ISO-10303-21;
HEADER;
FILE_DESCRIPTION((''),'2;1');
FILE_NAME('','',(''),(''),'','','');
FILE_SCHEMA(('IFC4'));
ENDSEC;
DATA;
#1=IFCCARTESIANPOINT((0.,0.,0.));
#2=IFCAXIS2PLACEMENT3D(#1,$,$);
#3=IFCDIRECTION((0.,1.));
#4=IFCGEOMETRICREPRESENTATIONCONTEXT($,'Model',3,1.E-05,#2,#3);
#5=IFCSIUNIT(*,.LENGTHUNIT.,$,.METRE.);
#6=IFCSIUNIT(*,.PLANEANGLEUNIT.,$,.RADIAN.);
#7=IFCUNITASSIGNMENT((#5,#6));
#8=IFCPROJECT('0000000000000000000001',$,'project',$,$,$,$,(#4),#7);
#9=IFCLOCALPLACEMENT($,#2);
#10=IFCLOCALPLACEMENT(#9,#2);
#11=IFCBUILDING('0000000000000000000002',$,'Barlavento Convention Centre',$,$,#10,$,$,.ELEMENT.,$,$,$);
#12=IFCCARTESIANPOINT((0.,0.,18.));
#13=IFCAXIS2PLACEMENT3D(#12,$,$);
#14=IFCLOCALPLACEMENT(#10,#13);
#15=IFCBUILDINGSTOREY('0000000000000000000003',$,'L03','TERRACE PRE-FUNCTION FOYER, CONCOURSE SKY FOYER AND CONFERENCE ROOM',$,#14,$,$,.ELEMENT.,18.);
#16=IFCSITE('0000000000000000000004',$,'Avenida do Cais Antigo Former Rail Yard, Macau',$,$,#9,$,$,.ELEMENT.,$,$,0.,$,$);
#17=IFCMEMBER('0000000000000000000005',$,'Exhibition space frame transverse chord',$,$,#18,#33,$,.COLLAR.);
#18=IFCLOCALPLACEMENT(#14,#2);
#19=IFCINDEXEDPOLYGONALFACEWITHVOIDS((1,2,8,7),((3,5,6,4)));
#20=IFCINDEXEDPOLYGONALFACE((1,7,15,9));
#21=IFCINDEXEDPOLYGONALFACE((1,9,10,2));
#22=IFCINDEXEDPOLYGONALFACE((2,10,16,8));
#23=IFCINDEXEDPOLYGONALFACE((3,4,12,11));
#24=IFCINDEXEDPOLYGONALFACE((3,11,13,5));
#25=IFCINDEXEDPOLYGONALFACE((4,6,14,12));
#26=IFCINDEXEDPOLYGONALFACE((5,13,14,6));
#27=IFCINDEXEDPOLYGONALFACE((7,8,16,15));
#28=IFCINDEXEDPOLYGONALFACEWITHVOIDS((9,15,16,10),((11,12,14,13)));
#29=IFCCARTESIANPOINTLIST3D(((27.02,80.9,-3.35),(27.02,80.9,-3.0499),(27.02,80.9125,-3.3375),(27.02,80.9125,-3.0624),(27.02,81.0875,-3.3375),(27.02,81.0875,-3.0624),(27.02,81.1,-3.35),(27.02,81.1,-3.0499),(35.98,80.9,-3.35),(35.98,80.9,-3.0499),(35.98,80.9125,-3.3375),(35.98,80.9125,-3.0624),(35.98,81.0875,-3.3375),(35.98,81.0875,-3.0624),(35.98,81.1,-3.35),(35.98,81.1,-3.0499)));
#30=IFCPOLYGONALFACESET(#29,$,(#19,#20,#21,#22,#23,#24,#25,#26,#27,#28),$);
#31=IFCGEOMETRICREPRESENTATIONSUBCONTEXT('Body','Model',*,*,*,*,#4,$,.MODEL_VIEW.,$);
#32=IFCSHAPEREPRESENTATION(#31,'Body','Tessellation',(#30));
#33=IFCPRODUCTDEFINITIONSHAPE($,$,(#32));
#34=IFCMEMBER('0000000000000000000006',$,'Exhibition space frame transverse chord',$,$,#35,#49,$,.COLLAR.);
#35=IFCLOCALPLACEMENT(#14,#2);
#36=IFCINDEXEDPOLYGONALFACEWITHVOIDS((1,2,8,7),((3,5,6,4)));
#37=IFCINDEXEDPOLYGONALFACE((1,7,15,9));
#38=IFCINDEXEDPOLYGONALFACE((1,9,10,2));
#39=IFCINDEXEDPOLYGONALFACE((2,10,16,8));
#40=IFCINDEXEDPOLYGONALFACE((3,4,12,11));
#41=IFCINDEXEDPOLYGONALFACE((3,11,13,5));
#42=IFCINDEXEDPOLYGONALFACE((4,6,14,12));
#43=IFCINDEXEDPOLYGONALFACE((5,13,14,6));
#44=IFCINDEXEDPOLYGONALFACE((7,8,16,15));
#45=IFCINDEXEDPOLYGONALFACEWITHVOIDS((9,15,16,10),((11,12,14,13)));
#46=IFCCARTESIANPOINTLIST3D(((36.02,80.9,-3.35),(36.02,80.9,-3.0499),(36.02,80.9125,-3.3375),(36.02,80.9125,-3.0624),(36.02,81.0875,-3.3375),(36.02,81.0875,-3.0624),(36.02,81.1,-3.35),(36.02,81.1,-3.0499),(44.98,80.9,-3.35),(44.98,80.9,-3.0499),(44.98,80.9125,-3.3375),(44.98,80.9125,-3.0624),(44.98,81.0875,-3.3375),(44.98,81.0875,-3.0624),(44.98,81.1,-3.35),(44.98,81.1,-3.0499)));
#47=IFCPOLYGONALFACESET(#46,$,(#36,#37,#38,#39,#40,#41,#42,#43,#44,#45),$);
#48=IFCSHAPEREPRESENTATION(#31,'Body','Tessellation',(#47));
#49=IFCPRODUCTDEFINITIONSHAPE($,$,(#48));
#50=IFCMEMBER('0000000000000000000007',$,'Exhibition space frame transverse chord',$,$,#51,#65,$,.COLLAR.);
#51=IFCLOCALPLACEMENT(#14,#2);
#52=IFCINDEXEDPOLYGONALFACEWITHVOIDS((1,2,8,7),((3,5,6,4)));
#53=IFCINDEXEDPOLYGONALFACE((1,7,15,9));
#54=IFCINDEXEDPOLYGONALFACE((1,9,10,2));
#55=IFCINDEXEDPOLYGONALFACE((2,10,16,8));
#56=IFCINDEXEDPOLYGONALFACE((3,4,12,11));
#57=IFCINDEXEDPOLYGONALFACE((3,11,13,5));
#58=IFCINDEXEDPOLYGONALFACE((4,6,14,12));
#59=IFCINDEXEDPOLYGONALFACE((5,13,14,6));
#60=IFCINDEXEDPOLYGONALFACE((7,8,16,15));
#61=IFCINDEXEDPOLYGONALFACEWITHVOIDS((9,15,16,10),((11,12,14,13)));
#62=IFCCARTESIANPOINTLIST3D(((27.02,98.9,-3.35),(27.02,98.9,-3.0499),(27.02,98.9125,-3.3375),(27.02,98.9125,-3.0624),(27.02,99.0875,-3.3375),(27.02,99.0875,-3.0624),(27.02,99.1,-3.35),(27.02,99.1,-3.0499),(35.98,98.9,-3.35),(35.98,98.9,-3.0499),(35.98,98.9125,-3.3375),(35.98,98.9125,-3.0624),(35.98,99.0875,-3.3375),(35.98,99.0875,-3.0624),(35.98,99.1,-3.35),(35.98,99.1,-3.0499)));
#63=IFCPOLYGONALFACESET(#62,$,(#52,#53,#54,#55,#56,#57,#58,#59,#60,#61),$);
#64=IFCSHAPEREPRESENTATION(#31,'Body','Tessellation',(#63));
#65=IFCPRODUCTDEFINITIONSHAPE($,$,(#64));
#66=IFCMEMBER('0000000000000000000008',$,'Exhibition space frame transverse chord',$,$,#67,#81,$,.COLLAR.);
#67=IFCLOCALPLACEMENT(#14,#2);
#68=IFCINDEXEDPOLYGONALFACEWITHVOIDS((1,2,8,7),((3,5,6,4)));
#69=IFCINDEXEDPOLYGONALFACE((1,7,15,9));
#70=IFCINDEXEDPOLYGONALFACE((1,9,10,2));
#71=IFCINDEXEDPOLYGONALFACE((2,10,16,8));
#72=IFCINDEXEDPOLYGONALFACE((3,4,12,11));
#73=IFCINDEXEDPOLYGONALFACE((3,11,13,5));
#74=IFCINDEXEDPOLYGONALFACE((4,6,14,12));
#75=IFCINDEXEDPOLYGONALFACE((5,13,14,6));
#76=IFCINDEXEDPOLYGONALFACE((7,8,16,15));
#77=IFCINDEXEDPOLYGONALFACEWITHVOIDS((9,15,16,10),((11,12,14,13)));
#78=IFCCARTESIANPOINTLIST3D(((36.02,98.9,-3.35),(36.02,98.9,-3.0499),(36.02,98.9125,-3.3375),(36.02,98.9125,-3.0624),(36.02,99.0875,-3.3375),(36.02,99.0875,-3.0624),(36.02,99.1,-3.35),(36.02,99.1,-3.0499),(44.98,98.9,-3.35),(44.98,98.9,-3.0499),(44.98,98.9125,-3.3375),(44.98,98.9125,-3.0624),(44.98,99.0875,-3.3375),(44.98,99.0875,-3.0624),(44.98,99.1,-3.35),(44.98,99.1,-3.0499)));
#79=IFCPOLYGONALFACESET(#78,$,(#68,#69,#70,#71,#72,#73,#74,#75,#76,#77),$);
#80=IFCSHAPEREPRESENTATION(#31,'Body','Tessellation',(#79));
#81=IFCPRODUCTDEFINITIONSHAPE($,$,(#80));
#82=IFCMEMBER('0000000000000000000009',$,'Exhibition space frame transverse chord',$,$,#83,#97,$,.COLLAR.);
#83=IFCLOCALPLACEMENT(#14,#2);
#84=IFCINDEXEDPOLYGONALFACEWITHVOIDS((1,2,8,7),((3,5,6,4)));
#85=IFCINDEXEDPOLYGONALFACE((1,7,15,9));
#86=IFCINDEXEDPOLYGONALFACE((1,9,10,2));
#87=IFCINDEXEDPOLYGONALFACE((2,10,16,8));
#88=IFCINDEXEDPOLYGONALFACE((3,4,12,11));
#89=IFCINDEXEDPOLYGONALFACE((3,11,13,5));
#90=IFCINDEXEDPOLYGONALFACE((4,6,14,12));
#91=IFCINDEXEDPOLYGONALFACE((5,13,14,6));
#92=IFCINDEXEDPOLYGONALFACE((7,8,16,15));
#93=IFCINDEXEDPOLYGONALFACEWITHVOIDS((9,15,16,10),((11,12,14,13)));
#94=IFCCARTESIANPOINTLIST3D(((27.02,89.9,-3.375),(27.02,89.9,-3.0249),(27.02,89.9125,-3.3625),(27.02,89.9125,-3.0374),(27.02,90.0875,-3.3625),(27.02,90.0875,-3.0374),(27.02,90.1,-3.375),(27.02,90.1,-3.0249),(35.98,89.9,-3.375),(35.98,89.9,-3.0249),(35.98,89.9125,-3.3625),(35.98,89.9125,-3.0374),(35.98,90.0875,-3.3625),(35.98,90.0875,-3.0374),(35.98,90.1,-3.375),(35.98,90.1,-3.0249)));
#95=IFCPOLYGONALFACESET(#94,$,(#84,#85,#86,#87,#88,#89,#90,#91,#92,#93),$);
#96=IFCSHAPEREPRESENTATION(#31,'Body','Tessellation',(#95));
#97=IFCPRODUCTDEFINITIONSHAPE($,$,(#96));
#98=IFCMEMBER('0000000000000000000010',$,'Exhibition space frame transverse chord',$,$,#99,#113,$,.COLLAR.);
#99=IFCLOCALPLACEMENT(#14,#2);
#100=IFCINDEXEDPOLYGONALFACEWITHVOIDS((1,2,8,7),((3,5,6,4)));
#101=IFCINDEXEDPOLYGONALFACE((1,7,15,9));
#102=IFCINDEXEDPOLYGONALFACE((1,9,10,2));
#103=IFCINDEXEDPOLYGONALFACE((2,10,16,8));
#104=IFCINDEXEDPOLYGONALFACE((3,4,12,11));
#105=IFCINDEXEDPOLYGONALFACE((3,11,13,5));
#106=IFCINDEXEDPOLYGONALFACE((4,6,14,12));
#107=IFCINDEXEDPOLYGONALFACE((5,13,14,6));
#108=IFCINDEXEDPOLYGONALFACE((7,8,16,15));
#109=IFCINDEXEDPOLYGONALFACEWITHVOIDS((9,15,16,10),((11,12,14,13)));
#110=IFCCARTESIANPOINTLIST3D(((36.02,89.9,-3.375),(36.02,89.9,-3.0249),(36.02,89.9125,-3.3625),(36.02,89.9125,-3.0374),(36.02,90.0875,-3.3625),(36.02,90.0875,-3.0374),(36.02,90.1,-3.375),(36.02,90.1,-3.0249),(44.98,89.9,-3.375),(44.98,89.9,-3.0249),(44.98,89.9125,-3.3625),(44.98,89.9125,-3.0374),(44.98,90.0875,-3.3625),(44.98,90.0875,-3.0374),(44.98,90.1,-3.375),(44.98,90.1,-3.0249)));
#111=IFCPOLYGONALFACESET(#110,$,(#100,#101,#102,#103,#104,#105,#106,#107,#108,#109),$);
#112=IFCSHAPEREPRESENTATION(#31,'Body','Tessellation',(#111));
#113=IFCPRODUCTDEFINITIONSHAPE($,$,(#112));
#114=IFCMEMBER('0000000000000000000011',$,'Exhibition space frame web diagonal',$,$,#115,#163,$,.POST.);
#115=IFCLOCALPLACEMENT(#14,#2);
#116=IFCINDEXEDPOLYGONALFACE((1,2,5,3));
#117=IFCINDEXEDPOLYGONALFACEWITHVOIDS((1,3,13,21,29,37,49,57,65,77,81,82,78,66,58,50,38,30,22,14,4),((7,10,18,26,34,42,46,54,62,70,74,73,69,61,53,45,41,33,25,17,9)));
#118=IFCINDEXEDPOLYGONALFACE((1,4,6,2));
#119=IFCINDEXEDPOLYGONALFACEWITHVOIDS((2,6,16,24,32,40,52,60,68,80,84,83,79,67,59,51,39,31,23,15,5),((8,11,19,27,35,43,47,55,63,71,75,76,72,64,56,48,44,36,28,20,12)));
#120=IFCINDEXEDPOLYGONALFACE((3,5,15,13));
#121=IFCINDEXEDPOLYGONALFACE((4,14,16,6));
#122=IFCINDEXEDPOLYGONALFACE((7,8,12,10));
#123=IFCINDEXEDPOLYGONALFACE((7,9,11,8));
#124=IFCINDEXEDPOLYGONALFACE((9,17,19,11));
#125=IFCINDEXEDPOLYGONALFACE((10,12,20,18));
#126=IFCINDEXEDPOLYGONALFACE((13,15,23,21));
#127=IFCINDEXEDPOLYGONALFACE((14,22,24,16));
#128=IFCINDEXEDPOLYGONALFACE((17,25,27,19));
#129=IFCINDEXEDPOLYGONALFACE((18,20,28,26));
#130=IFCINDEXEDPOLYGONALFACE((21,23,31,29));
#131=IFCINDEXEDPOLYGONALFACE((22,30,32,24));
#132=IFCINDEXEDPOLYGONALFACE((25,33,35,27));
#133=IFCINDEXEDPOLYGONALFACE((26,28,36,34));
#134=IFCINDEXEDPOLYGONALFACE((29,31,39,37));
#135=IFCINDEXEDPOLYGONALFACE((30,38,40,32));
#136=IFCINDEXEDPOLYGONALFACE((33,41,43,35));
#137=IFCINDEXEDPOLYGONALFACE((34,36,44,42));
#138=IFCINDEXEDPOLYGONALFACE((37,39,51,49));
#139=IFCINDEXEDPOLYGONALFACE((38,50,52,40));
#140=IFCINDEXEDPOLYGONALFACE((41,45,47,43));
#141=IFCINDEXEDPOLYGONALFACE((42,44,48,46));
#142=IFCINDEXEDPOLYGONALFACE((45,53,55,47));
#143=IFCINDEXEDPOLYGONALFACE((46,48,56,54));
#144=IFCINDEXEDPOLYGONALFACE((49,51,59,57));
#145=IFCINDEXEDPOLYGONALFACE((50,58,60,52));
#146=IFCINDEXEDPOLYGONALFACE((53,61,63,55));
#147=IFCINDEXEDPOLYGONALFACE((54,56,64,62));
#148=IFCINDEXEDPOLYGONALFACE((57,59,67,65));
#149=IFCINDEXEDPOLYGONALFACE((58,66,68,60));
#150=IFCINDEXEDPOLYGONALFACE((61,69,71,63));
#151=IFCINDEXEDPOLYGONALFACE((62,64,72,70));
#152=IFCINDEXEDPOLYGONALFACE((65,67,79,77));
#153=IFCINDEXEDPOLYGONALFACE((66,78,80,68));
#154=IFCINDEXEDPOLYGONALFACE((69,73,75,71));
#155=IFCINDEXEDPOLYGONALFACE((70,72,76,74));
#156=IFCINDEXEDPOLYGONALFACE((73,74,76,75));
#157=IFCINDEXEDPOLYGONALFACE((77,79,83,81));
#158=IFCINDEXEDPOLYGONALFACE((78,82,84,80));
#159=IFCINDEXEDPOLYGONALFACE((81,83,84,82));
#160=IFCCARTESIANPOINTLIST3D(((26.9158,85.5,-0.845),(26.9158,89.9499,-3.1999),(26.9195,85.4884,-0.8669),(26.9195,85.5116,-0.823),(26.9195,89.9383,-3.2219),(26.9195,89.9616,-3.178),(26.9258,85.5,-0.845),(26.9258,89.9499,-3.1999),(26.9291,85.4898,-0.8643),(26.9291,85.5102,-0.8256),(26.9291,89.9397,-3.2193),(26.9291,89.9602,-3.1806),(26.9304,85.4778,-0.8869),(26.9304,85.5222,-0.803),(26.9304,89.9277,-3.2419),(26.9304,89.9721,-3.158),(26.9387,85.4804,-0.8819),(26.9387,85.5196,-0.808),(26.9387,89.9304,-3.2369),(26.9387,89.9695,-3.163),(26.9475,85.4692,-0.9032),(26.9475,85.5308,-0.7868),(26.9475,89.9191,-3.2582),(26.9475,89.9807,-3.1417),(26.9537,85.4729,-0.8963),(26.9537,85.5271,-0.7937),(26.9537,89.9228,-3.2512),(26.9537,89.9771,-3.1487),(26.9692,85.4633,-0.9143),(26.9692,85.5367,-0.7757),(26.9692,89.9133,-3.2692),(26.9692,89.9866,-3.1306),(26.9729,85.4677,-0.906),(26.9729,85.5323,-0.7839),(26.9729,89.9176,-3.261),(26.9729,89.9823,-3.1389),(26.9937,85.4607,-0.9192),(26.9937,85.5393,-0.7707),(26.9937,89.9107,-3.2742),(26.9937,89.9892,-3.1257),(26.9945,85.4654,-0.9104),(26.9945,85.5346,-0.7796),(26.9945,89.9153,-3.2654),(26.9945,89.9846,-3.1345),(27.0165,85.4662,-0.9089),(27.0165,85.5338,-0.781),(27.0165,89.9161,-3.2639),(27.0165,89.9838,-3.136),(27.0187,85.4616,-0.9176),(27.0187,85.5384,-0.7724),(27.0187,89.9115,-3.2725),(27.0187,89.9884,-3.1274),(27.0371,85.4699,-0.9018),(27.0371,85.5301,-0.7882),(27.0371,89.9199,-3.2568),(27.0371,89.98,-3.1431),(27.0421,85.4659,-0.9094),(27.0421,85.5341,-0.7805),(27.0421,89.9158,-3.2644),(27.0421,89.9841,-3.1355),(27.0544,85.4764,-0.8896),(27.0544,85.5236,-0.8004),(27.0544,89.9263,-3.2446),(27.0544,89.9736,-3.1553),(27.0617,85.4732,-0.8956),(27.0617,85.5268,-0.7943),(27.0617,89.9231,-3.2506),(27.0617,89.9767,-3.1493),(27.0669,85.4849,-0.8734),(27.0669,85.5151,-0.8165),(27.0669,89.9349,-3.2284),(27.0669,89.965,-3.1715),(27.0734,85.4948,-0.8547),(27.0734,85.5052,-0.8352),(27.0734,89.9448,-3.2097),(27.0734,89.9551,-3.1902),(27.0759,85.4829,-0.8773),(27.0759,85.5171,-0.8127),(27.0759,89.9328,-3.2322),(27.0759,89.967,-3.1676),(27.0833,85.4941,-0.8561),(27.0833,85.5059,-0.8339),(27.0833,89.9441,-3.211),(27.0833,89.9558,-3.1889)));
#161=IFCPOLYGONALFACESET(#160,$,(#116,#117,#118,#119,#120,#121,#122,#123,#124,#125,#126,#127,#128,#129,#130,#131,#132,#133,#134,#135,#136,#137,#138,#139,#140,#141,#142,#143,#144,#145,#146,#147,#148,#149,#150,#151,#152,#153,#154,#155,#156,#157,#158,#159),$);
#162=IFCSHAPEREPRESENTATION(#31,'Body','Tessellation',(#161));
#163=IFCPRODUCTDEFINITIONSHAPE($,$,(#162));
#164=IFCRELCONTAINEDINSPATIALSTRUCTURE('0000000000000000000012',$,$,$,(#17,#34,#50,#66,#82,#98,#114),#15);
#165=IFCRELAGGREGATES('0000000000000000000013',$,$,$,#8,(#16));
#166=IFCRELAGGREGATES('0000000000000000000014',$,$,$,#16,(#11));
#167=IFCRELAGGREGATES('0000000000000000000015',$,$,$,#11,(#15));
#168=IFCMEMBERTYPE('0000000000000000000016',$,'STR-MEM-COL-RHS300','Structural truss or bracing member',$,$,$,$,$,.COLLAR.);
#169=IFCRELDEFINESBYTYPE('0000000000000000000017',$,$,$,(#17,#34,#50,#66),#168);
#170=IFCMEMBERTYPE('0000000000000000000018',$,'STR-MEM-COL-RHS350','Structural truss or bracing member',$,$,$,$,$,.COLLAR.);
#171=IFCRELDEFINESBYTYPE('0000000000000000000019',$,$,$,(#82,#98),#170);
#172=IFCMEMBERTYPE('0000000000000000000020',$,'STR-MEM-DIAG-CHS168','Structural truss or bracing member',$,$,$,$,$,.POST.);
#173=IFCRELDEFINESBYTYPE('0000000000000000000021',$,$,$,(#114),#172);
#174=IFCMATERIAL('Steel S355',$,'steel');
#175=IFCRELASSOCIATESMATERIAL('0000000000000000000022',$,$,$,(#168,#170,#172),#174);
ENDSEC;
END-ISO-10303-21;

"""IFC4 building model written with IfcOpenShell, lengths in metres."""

from ifc_helpers import new_model, si_unit, direction, frame, origin, origin_2d, place, context, subcontext, project, spatial, hollow_rectangle, hollow_circle, extrude, material, material_profile, profile_set, type_object, element, save


model = new_model("IFC4")

# Units and contexts
model_context = context("Model", 3, precision=1e-05, world=origin(), true_north=direction((0.0, 1.0)))
body_context = subcontext(model_context, "Body", "Model", "MODEL_VIEW")
ifc_project = project(units=[si_unit("LENGTHUNIT", "METRE"), si_unit("PLANEANGLEUNIT", "RADIAN")], contexts=[model_context])

# Site, building, storey
site_placement = place(None, origin())
site = spatial("IfcSite", under=ifc_project, at=site_placement, Name="Avenida do Cais Antigo Former Rail Yard, Macau", CompositionType="ELEMENT", RefElevation=0.0)
building_placement = place(site_placement, origin())
building = spatial("IfcBuilding", under=site, at=building_placement, Name="Barlavento Convention Centre", CompositionType="ELEMENT")
storey_placement = place(building_placement, frame((0.0, 0.0, 18.0)))
storey = spatial("IfcBuildingStorey", under=building, at=storey_placement, Name="L03", Description="TERRACE PRE-FUNCTION FOYER, CONCOURSE SKY FOYER AND CONFERENCE ROOM", CompositionType="ELEMENT", Elevation=18.0)

# Members
ifc_material_1 = material(Name="Steel S355", Category="steel")
ifc_material_profile_1 = material_profile(ifc_material_1, hollow_rectangle(XDim=0.2, YDim=0.3, WallThickness=0.0125, at=origin_2d()), Name="RHS 300x200x12.5")
ifc_profile_set_1 = profile_set([ifc_material_profile_1], Name="Steel S355")
member_type_1 = type_object("IfcMemberType", Name="STR-MEM-COL-RHS300", Description="Structural truss or bracing member", PredefinedType="COLLAR", material=ifc_profile_set_1)
for number, where, z_axis, x_axis, name in (
    (1, (27.02, 81.0, -3.2), (1.0, 0.0, 0.0), (0.0, 1.0, 0.0), "Exhibition space frame transverse chord"),
    (2, (36.02, 81.0, -3.2), (1.0, 0.0, 0.0), (0.0, 1.0, 0.0), "Exhibition space frame transverse chord"),
    (3, (27.02, 99.0, -3.2), (1.0, 0.0, 0.0), (0.0, 1.0, 0.0), "Exhibition space frame transverse chord"),
    (4, (36.02, 99.0, -3.2), (1.0, 0.0, 0.0), (0.0, 1.0, 0.0), "Exhibition space frame transverse chord"),
):
    element("IfcMember", number, at=place(storey_placement, frame(where, z_axis=z_axis, x_axis=x_axis)), inside=storey, type_object=member_type_1, Name=name, PredefinedType="COLLAR", context=body_context, shape_type="SweptSolid", body=[
        extrude(hollow_rectangle(XDim=0.2, YDim=0.3, WallThickness=0.0125, at=origin_2d()), origin(), (0.0, 0.0, 1.0), 8.96),
    ])
ifc_material_profile_2 = material_profile(ifc_material_1, hollow_rectangle(XDim=0.2, YDim=0.3501, WallThickness=0.0125, at=origin_2d()), Name="RHS 350x200x12.5")
ifc_profile_set_2 = profile_set([ifc_material_profile_2], Name="Steel S355")
member_type_2 = type_object("IfcMemberType", Name="STR-MEM-COL-RHS350", Description="Structural truss or bracing member", PredefinedType="COLLAR", material=ifc_profile_set_2)
for number, where, z_axis, x_axis, name in (
    (5, (27.02, 90.0, -3.2), (1.0, 0.0, 0.0), (0.0, 1.0, 0.0), "Exhibition space frame transverse chord"),
    (6, (36.02, 90.0, -3.2), (1.0, 0.0, 0.0), (0.0, 1.0, 0.0), "Exhibition space frame transverse chord"),
):
    element("IfcMember", number, at=place(storey_placement, frame(where, z_axis=z_axis, x_axis=x_axis)), inside=storey, type_object=member_type_2, Name=name, PredefinedType="COLLAR", context=body_context, shape_type="SweptSolid", body=[
        extrude(hollow_rectangle(XDim=0.2, YDim=0.3501, WallThickness=0.0125, at=origin_2d()), origin(), (0.0, 0.0, 1.0), 8.96),
    ])
ifc_material_profile_3 = material_profile(ifc_material_1, hollow_circle(Radius=0.0842, WallThickness=0.01, at=origin_2d()), Name="CHS 168.3x10.0")
ifc_profile_set_3 = profile_set([ifc_material_profile_3], Name="Steel S355")
member_type_3 = type_object("IfcMemberType", Name="STR-MEM-DIAG-CHS168", Description="Structural truss or bracing member", PredefinedType="POST", material=ifc_profile_set_3)
for number, where, z_axis, x_axis, name in (
    (7, (27.0, 85.5, -0.845), (0.0, 0.88386, -0.467752), (-1.0, 0.0, 0.0), "Exhibition space frame web diagonal"),
):
    element("IfcMember", number, at=place(storey_placement, frame(where, z_axis=z_axis, x_axis=x_axis)), inside=storey, type_object=member_type_3, Name=name, PredefinedType="POST", context=body_context, shape_type="SweptSolid", body=[
        extrude(hollow_circle(Radius=0.0842, WallThickness=0.01, at=origin_2d()), origin(), (0.0, 0.0, 1.0), 5.0347),
    ])

save(model, "model.ifc")
